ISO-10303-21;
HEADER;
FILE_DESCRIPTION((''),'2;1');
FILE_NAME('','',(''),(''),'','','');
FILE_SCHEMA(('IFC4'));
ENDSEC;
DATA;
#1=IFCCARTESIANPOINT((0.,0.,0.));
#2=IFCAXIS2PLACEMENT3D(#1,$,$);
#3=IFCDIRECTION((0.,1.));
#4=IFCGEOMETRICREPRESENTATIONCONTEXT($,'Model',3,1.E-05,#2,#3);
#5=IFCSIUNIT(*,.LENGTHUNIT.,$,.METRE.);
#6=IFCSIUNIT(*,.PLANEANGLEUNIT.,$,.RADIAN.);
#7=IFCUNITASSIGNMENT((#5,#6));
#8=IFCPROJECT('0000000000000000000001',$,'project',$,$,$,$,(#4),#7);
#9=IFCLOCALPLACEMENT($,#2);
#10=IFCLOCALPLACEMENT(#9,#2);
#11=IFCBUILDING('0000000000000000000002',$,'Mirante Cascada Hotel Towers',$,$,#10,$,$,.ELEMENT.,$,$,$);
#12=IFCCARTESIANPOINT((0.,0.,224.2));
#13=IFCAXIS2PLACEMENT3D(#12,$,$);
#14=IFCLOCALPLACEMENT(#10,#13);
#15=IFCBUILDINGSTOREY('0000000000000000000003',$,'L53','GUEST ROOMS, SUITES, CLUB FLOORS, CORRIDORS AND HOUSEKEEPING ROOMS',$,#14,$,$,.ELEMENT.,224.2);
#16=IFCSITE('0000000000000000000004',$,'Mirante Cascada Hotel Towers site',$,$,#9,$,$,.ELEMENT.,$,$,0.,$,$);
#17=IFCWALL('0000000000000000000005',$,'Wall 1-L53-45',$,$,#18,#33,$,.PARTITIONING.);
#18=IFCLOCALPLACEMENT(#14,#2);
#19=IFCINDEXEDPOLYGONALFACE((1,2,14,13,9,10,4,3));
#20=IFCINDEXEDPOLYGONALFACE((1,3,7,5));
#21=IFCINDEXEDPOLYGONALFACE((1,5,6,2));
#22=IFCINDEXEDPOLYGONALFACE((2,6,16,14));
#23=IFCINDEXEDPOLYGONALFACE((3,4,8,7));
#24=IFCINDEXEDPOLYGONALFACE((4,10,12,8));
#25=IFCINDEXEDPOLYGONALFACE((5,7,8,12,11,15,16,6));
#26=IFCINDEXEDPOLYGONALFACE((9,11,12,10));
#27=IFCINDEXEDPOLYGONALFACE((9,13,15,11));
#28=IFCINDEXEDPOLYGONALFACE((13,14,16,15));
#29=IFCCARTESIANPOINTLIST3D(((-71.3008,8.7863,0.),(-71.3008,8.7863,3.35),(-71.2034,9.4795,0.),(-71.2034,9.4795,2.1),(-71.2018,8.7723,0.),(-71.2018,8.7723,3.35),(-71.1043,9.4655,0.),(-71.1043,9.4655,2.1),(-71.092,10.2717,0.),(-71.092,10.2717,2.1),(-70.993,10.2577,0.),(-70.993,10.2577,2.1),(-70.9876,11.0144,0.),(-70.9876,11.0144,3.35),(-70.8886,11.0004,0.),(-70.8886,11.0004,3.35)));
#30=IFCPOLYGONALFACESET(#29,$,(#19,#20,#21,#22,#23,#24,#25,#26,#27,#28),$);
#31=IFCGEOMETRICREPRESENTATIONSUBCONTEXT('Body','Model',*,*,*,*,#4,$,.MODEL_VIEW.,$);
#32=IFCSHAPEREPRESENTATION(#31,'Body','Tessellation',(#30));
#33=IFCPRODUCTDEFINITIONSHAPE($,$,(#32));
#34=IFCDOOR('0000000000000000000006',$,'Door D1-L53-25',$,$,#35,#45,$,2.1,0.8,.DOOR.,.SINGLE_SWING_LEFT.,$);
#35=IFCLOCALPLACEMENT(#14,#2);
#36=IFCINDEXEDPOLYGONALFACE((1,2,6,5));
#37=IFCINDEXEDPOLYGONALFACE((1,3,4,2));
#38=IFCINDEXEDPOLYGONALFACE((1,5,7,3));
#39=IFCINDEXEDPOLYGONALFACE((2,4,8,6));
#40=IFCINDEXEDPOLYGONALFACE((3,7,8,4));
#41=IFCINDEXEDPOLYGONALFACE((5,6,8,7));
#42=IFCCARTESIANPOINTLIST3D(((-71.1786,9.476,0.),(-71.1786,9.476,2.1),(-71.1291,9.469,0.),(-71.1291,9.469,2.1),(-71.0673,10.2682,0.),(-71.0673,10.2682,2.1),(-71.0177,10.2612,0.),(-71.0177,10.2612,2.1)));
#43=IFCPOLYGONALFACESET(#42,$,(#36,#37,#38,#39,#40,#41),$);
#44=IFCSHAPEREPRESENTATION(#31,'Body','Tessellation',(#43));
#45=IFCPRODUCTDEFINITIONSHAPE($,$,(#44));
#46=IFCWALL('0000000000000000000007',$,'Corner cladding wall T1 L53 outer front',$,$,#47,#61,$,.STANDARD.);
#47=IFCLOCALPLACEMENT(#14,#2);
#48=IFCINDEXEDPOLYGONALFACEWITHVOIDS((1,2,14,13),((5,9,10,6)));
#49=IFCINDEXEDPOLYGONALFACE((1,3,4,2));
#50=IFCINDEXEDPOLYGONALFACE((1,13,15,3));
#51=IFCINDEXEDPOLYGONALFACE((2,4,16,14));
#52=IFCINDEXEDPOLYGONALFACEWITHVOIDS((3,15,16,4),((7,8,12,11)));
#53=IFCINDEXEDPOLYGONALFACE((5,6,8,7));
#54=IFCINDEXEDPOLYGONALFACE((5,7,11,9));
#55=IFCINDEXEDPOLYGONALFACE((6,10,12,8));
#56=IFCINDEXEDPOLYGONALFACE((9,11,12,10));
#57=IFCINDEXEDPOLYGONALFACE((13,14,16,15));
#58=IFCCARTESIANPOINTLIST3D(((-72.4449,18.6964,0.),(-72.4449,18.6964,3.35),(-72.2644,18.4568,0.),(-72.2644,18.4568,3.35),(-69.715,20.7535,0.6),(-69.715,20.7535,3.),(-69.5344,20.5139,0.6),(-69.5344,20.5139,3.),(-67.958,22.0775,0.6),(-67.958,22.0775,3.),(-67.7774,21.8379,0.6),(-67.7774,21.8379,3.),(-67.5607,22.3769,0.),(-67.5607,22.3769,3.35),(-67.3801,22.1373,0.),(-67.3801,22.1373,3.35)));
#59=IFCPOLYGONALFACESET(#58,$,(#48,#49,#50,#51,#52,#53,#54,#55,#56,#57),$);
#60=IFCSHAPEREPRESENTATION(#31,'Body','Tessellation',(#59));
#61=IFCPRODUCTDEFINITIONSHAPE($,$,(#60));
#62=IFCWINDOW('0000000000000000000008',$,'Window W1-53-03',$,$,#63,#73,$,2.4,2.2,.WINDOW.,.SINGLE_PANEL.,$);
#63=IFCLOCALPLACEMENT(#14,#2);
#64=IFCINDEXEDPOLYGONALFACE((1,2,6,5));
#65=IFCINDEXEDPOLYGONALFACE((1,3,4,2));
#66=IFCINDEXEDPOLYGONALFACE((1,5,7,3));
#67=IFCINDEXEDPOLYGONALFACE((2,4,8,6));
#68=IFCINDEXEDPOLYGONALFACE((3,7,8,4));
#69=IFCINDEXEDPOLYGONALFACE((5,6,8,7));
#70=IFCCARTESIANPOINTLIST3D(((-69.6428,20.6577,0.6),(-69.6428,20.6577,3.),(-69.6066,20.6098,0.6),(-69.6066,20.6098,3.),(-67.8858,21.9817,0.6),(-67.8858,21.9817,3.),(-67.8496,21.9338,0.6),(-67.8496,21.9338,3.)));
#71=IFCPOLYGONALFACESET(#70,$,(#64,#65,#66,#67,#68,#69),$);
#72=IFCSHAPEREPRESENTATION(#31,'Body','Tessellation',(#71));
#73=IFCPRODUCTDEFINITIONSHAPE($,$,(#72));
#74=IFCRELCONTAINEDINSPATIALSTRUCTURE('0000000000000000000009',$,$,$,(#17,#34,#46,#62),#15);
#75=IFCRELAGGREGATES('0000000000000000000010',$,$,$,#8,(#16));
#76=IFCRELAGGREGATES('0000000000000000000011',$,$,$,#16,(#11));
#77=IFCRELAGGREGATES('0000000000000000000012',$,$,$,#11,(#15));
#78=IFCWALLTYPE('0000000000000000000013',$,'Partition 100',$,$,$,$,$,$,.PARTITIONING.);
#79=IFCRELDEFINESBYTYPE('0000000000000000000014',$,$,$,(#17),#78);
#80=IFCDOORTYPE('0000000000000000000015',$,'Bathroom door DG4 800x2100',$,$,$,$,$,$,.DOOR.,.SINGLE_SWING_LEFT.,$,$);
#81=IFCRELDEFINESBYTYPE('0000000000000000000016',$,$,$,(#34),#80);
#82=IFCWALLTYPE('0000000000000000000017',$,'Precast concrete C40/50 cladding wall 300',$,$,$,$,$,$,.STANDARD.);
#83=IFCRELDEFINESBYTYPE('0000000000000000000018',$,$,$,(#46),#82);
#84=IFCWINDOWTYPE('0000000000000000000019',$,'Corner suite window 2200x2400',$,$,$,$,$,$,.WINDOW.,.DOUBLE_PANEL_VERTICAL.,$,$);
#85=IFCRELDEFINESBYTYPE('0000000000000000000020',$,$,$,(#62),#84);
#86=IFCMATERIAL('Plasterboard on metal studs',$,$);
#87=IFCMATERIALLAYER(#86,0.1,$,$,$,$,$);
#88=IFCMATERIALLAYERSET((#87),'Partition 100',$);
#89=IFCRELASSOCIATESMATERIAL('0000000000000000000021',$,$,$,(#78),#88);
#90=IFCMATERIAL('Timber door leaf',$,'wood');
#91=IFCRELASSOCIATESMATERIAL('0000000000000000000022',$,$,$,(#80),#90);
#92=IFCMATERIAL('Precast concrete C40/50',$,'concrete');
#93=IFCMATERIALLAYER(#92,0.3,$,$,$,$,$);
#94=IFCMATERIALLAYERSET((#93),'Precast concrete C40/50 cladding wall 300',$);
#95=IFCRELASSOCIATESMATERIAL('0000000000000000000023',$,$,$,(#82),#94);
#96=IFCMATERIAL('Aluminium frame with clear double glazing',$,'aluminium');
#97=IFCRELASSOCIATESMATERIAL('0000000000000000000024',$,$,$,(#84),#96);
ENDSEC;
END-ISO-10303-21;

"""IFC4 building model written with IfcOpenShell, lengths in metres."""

from ifc_helpers import new_model, si_unit, direction, frame, frame_2d, origin, place, context, subcontext, project, spatial, rectangle, extrude, material, layer, layer_set, type_object, element, fill, save


model = new_model("IFC4")

# Units and contexts
model_context = context("Model", 3, precision=1e-05, world=origin(), true_north=direction((0.0, 1.0)))
body_context = subcontext(model_context, "Body", "Model", "MODEL_VIEW")
ifc_project = project(units=[si_unit("LENGTHUNIT", "METRE"), si_unit("PLANEANGLEUNIT", "RADIAN")], contexts=[model_context])

# Site, building, storey
site_placement = place(None, origin())
site = spatial("IfcSite", under=ifc_project, at=site_placement, Name="Mirante Cascada Hotel Towers site", CompositionType="ELEMENT", RefElevation=0.0)
building_placement = place(site_placement, origin())
building = spatial("IfcBuilding", under=site, at=building_placement, Name="Mirante Cascada Hotel Towers", CompositionType="ELEMENT")
storey_placement = place(building_placement, frame((0.0, 0.0, 224.2)))
storey = spatial("IfcBuildingStorey", under=building, at=storey_placement, Name="L53", Description="GUEST ROOMS, SUITES, CLUB FLOORS, CORRIDORS AND HOUSEKEEPING ROOMS", CompositionType="ELEMENT", Elevation=224.2)

# Shared definitions
ifc_material_1 = material(Name="Plasterboard on metal studs")
ifc_layer_1 = layer(ifc_material_1, 0.1)
ifc_layer_set_1 = layer_set([ifc_layer_1], Name="Partition 100")
wall_type_1 = type_object("IfcWallType", Name="Partition 100", PredefinedType="PARTITIONING", material=ifc_layer_set_1)

# Shared definitions
ifc_material_2 = material(Name="Timber door leaf", Category="wood")
door_type_1 = type_object("IfcDoorType", Name="Bathroom door DG4 800x2100", OperationType="SINGLE_SWING_LEFT", PredefinedType="DOOR", material=ifc_material_2)

# Wall, opening, door
wall_1_placement = place(storey_placement, frame((-70.9381, 11.0074, 0.0), z_axis=(0.0, 0.0, 1.0), x_axis=(-0.1392, -0.990264, 0.0)))
wall_1 = element("IfcWall", 1, at=wall_1_placement, inside=storey, type_object=wall_type_1, Name="Wall 1-L53-45", PredefinedType="PARTITIONING", context=body_context, shape_type="SweptSolid", body=[
    extrude(rectangle(XDim=2.25, YDim=0.1, at=frame_2d((1.125, 0.0))), origin(), (0.0, 0.0, 1.0), 3.35),
])
opening_1_placement = place(wall_1_placement, frame((0.75, 0.0, 0.0)))
opening_1 = element("IfcOpeningElement", 2, at=opening_1_placement, cuts=wall_1, PredefinedType="OPENING", context=body_context, shape_type="SweptSolid", body=[
    extrude(rectangle(XDim=0.8, YDim=2.1, at=frame_2d((0.4, 1.05))), frame((0.0, 0.05, 0.0), z_axis=(0.0, -1.0, 0.0), x_axis=(1.0, 0.0, 0.0)), (0.0, 0.0, 1.0), 0.1),
])
door_1_placement = place(opening_1_placement, origin())
door_1 = element("IfcDoor", 3, at=door_1_placement, inside=storey, type_object=door_type_1, Name="Door D1-L53-25", OperationType="SINGLE_SWING_LEFT", OverallHeight=2.1, OverallWidth=0.8, PredefinedType="DOOR", context=body_context, shape_type="SweptSolid", body=[
    extrude(rectangle(XDim=0.8, YDim=2.1, at=frame_2d((0.4, 1.05))), frame((0.0, 0.025, 0.0), z_axis=(0.0, -1.0, 0.0), x_axis=(1.0, 0.0, 0.0)), (0.0, 0.0, 1.0), 0.05),
])
fill(opening_1, door_1)

# Wall, opening, window
ifc_material_3 = material(Name="Precast concrete C40/50", Category="concrete")
ifc_layer_2 = layer(ifc_material_3, 0.3)
ifc_layer_set_2 = layer_set([ifc_layer_2], Name="Precast concrete C40/50 cladding wall 300")
wall_type_2 = type_object("IfcWallType", Name="Precast concrete C40/50 cladding wall 300", PredefinedType="STANDARD", material=ifc_layer_set_2)
wall_2_placement = place(storey_placement, frame((-72.3546, 18.5766, 0.0), z_axis=(0.0, 0.0, 1.0), x_axis=(0.798636, 0.601814, 0.0)))
wall_2 = element("IfcWall", 4, at=wall_2_placement, inside=storey, type_object=wall_type_2, Name="Corner cladding wall T1 L53 outer front", PredefinedType="STANDARD", context=body_context, shape_type="SweptSolid", body=[
    extrude(rectangle(XDim=6.1157, YDim=0.3, at=frame_2d((3.0578, 0.0))), origin(), (0.0, 0.0, 1.0), 3.35),
])
opening_2_placement = place(wall_2_placement, frame((3.4182, 0.0, 0.6)))
opening_2 = element("IfcOpeningElement", 5, at=opening_2_placement, cuts=wall_2, PredefinedType="OPENING", context=body_context, shape_type="SweptSolid", body=[
    extrude(rectangle(XDim=2.2, YDim=2.4, at=frame_2d((1.1, 1.2))), frame((0.0, 0.15, 0.0), z_axis=(0.0, -1.0, 0.0), x_axis=(1.0, 0.0, 0.0)), (0.0, 0.0, 1.0), 0.3),
])
ifc_material_4 = material(Name="Aluminium frame with clear double glazing", Category="aluminium")
window_type = type_object("IfcWindowType", Name="Corner suite window 2200x2400", PartitioningType="DOUBLE_PANEL_VERTICAL", PredefinedType="WINDOW", material=ifc_material_4)
window_placement = place(opening_2_placement, origin())
window = element("IfcWindow", 6, at=window_placement, inside=storey, type_object=window_type, Name="Window W1-53-03", OverallHeight=2.4, OverallWidth=2.2, PartitioningType="SINGLE_PANEL", PredefinedType="WINDOW", context=body_context, shape_type="SweptSolid", body=[
    extrude(rectangle(XDim=2.2, YDim=2.4, at=frame_2d((1.1, 1.2))), frame((0.0, 0.03, 0.0), z_axis=(0.0, -1.0, 0.0), x_axis=(1.0, 0.0, 0.0)), (0.0, 0.0, 1.0), 0.06),
])
fill(opening_2, window)

save(model, "model.ifc")
